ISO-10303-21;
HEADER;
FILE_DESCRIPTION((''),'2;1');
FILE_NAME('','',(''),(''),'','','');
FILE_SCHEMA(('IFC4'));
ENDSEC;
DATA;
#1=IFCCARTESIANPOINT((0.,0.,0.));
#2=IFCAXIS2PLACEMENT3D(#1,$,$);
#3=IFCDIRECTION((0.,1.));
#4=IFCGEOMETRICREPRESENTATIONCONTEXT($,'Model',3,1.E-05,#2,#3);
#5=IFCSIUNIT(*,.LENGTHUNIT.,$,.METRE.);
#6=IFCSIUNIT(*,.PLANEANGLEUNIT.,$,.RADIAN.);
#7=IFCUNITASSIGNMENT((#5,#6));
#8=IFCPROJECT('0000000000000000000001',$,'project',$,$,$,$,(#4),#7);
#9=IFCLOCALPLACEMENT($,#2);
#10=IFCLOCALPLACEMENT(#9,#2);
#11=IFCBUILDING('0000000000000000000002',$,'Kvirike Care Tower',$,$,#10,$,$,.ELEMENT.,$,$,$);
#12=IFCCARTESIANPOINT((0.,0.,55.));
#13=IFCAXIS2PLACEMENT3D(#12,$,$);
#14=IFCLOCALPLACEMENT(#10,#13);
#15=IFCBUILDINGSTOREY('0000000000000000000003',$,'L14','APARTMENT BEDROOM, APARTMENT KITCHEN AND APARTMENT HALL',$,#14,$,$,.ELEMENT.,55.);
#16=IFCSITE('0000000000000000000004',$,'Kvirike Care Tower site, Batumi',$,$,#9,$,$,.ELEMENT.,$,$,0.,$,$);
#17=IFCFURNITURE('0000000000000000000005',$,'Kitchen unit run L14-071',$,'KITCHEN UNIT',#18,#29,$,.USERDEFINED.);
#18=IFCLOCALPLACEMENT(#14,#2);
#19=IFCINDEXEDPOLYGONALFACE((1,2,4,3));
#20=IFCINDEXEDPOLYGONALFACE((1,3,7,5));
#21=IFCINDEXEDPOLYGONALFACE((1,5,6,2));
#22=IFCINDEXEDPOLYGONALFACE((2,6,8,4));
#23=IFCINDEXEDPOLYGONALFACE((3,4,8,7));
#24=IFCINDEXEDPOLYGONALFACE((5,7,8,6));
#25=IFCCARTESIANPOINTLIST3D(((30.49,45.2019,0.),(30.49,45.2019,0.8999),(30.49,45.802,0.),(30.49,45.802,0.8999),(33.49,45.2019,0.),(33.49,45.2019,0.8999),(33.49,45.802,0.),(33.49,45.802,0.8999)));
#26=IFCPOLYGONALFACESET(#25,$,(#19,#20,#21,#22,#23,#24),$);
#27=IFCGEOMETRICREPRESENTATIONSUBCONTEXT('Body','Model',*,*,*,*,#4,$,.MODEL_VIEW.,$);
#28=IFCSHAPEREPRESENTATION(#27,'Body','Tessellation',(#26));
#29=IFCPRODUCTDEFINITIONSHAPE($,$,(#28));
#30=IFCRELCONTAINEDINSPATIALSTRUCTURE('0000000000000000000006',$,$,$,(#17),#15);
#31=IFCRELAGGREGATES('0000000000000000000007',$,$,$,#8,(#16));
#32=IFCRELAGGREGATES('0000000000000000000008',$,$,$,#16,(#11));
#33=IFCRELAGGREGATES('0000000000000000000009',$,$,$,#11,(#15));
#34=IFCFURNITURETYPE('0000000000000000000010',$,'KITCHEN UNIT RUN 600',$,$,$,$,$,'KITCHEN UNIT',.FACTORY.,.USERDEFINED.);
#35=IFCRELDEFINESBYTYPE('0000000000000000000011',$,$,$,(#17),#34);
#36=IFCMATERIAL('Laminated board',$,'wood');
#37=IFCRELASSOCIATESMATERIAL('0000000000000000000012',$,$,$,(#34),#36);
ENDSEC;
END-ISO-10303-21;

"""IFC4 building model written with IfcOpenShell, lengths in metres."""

from ifc_helpers import new_model, si_unit, direction, frame, origin, origin_2d, place, context, subcontext, project, spatial, rectangle, extrude, material, type_object, element, save


model = new_model("IFC4")

# Units and contexts
model_context = context("Model", 3, precision=1e-05, world=origin(), true_north=direction((0.0, 1.0)))
body_context = subcontext(model_context, "Body", "Model", "MODEL_VIEW")
ifc_project = project(units=[si_unit("LENGTHUNIT", "METRE"), si_unit("PLANEANGLEUNIT", "RADIAN")], contexts=[model_context])

# Site, building, storey
site_placement = place(None, origin())
site = spatial("IfcSite", under=ifc_project, at=site_placement, Name="Kvirike Care Tower site, Batumi", CompositionType="ELEMENT", RefElevation=0.0)
building_placement = place(site_placement, origin())
building = spatial("IfcBuilding", under=site, at=building_placement, Name="Kvirike Care Tower", CompositionType="ELEMENT")
storey_placement = place(building_placement, frame((0.0, 0.0, 55.0)))
storey = spatial("IfcBuildingStorey", under=building, at=storey_placement, Name="L14", Description="APARTMENT BEDROOM, APARTMENT KITCHEN AND APARTMENT HALL", CompositionType="ELEMENT", Elevation=55.0)

# Furniture
ifc_material_1 = material(Name="Laminated board", Category="wood")
furniture_type = type_object("IfcFurnitureType", Name="KITCHEN UNIT RUN 600", ElementType="KITCHEN UNIT", AssemblyPlace="FACTORY", PredefinedType="USERDEFINED", material=ifc_material_1)
for number, where, z_axis, x_axis, name in (
    (1, (31.99, 45.502, 0.0), (0.0, 0.0, 1.0), (-1.0, 0.0, 0.0), "Kitchen unit run L14-071"),
):
    element("IfcFurniture", number, at=place(storey_placement, frame(where, z_axis=z_axis, x_axis=x_axis)), inside=storey, type_object=furniture_type, Name=name, ObjectType="KITCHEN UNIT", PredefinedType="USERDEFINED", context=body_context, shape_type="SweptSolid", body=[
        extrude(rectangle(XDim=3.0, YDim=0.6001, at=origin_2d()), origin(), (0.0, 0.0, 1.0), 0.8999),
    ])

save(model, "model.ifc")
